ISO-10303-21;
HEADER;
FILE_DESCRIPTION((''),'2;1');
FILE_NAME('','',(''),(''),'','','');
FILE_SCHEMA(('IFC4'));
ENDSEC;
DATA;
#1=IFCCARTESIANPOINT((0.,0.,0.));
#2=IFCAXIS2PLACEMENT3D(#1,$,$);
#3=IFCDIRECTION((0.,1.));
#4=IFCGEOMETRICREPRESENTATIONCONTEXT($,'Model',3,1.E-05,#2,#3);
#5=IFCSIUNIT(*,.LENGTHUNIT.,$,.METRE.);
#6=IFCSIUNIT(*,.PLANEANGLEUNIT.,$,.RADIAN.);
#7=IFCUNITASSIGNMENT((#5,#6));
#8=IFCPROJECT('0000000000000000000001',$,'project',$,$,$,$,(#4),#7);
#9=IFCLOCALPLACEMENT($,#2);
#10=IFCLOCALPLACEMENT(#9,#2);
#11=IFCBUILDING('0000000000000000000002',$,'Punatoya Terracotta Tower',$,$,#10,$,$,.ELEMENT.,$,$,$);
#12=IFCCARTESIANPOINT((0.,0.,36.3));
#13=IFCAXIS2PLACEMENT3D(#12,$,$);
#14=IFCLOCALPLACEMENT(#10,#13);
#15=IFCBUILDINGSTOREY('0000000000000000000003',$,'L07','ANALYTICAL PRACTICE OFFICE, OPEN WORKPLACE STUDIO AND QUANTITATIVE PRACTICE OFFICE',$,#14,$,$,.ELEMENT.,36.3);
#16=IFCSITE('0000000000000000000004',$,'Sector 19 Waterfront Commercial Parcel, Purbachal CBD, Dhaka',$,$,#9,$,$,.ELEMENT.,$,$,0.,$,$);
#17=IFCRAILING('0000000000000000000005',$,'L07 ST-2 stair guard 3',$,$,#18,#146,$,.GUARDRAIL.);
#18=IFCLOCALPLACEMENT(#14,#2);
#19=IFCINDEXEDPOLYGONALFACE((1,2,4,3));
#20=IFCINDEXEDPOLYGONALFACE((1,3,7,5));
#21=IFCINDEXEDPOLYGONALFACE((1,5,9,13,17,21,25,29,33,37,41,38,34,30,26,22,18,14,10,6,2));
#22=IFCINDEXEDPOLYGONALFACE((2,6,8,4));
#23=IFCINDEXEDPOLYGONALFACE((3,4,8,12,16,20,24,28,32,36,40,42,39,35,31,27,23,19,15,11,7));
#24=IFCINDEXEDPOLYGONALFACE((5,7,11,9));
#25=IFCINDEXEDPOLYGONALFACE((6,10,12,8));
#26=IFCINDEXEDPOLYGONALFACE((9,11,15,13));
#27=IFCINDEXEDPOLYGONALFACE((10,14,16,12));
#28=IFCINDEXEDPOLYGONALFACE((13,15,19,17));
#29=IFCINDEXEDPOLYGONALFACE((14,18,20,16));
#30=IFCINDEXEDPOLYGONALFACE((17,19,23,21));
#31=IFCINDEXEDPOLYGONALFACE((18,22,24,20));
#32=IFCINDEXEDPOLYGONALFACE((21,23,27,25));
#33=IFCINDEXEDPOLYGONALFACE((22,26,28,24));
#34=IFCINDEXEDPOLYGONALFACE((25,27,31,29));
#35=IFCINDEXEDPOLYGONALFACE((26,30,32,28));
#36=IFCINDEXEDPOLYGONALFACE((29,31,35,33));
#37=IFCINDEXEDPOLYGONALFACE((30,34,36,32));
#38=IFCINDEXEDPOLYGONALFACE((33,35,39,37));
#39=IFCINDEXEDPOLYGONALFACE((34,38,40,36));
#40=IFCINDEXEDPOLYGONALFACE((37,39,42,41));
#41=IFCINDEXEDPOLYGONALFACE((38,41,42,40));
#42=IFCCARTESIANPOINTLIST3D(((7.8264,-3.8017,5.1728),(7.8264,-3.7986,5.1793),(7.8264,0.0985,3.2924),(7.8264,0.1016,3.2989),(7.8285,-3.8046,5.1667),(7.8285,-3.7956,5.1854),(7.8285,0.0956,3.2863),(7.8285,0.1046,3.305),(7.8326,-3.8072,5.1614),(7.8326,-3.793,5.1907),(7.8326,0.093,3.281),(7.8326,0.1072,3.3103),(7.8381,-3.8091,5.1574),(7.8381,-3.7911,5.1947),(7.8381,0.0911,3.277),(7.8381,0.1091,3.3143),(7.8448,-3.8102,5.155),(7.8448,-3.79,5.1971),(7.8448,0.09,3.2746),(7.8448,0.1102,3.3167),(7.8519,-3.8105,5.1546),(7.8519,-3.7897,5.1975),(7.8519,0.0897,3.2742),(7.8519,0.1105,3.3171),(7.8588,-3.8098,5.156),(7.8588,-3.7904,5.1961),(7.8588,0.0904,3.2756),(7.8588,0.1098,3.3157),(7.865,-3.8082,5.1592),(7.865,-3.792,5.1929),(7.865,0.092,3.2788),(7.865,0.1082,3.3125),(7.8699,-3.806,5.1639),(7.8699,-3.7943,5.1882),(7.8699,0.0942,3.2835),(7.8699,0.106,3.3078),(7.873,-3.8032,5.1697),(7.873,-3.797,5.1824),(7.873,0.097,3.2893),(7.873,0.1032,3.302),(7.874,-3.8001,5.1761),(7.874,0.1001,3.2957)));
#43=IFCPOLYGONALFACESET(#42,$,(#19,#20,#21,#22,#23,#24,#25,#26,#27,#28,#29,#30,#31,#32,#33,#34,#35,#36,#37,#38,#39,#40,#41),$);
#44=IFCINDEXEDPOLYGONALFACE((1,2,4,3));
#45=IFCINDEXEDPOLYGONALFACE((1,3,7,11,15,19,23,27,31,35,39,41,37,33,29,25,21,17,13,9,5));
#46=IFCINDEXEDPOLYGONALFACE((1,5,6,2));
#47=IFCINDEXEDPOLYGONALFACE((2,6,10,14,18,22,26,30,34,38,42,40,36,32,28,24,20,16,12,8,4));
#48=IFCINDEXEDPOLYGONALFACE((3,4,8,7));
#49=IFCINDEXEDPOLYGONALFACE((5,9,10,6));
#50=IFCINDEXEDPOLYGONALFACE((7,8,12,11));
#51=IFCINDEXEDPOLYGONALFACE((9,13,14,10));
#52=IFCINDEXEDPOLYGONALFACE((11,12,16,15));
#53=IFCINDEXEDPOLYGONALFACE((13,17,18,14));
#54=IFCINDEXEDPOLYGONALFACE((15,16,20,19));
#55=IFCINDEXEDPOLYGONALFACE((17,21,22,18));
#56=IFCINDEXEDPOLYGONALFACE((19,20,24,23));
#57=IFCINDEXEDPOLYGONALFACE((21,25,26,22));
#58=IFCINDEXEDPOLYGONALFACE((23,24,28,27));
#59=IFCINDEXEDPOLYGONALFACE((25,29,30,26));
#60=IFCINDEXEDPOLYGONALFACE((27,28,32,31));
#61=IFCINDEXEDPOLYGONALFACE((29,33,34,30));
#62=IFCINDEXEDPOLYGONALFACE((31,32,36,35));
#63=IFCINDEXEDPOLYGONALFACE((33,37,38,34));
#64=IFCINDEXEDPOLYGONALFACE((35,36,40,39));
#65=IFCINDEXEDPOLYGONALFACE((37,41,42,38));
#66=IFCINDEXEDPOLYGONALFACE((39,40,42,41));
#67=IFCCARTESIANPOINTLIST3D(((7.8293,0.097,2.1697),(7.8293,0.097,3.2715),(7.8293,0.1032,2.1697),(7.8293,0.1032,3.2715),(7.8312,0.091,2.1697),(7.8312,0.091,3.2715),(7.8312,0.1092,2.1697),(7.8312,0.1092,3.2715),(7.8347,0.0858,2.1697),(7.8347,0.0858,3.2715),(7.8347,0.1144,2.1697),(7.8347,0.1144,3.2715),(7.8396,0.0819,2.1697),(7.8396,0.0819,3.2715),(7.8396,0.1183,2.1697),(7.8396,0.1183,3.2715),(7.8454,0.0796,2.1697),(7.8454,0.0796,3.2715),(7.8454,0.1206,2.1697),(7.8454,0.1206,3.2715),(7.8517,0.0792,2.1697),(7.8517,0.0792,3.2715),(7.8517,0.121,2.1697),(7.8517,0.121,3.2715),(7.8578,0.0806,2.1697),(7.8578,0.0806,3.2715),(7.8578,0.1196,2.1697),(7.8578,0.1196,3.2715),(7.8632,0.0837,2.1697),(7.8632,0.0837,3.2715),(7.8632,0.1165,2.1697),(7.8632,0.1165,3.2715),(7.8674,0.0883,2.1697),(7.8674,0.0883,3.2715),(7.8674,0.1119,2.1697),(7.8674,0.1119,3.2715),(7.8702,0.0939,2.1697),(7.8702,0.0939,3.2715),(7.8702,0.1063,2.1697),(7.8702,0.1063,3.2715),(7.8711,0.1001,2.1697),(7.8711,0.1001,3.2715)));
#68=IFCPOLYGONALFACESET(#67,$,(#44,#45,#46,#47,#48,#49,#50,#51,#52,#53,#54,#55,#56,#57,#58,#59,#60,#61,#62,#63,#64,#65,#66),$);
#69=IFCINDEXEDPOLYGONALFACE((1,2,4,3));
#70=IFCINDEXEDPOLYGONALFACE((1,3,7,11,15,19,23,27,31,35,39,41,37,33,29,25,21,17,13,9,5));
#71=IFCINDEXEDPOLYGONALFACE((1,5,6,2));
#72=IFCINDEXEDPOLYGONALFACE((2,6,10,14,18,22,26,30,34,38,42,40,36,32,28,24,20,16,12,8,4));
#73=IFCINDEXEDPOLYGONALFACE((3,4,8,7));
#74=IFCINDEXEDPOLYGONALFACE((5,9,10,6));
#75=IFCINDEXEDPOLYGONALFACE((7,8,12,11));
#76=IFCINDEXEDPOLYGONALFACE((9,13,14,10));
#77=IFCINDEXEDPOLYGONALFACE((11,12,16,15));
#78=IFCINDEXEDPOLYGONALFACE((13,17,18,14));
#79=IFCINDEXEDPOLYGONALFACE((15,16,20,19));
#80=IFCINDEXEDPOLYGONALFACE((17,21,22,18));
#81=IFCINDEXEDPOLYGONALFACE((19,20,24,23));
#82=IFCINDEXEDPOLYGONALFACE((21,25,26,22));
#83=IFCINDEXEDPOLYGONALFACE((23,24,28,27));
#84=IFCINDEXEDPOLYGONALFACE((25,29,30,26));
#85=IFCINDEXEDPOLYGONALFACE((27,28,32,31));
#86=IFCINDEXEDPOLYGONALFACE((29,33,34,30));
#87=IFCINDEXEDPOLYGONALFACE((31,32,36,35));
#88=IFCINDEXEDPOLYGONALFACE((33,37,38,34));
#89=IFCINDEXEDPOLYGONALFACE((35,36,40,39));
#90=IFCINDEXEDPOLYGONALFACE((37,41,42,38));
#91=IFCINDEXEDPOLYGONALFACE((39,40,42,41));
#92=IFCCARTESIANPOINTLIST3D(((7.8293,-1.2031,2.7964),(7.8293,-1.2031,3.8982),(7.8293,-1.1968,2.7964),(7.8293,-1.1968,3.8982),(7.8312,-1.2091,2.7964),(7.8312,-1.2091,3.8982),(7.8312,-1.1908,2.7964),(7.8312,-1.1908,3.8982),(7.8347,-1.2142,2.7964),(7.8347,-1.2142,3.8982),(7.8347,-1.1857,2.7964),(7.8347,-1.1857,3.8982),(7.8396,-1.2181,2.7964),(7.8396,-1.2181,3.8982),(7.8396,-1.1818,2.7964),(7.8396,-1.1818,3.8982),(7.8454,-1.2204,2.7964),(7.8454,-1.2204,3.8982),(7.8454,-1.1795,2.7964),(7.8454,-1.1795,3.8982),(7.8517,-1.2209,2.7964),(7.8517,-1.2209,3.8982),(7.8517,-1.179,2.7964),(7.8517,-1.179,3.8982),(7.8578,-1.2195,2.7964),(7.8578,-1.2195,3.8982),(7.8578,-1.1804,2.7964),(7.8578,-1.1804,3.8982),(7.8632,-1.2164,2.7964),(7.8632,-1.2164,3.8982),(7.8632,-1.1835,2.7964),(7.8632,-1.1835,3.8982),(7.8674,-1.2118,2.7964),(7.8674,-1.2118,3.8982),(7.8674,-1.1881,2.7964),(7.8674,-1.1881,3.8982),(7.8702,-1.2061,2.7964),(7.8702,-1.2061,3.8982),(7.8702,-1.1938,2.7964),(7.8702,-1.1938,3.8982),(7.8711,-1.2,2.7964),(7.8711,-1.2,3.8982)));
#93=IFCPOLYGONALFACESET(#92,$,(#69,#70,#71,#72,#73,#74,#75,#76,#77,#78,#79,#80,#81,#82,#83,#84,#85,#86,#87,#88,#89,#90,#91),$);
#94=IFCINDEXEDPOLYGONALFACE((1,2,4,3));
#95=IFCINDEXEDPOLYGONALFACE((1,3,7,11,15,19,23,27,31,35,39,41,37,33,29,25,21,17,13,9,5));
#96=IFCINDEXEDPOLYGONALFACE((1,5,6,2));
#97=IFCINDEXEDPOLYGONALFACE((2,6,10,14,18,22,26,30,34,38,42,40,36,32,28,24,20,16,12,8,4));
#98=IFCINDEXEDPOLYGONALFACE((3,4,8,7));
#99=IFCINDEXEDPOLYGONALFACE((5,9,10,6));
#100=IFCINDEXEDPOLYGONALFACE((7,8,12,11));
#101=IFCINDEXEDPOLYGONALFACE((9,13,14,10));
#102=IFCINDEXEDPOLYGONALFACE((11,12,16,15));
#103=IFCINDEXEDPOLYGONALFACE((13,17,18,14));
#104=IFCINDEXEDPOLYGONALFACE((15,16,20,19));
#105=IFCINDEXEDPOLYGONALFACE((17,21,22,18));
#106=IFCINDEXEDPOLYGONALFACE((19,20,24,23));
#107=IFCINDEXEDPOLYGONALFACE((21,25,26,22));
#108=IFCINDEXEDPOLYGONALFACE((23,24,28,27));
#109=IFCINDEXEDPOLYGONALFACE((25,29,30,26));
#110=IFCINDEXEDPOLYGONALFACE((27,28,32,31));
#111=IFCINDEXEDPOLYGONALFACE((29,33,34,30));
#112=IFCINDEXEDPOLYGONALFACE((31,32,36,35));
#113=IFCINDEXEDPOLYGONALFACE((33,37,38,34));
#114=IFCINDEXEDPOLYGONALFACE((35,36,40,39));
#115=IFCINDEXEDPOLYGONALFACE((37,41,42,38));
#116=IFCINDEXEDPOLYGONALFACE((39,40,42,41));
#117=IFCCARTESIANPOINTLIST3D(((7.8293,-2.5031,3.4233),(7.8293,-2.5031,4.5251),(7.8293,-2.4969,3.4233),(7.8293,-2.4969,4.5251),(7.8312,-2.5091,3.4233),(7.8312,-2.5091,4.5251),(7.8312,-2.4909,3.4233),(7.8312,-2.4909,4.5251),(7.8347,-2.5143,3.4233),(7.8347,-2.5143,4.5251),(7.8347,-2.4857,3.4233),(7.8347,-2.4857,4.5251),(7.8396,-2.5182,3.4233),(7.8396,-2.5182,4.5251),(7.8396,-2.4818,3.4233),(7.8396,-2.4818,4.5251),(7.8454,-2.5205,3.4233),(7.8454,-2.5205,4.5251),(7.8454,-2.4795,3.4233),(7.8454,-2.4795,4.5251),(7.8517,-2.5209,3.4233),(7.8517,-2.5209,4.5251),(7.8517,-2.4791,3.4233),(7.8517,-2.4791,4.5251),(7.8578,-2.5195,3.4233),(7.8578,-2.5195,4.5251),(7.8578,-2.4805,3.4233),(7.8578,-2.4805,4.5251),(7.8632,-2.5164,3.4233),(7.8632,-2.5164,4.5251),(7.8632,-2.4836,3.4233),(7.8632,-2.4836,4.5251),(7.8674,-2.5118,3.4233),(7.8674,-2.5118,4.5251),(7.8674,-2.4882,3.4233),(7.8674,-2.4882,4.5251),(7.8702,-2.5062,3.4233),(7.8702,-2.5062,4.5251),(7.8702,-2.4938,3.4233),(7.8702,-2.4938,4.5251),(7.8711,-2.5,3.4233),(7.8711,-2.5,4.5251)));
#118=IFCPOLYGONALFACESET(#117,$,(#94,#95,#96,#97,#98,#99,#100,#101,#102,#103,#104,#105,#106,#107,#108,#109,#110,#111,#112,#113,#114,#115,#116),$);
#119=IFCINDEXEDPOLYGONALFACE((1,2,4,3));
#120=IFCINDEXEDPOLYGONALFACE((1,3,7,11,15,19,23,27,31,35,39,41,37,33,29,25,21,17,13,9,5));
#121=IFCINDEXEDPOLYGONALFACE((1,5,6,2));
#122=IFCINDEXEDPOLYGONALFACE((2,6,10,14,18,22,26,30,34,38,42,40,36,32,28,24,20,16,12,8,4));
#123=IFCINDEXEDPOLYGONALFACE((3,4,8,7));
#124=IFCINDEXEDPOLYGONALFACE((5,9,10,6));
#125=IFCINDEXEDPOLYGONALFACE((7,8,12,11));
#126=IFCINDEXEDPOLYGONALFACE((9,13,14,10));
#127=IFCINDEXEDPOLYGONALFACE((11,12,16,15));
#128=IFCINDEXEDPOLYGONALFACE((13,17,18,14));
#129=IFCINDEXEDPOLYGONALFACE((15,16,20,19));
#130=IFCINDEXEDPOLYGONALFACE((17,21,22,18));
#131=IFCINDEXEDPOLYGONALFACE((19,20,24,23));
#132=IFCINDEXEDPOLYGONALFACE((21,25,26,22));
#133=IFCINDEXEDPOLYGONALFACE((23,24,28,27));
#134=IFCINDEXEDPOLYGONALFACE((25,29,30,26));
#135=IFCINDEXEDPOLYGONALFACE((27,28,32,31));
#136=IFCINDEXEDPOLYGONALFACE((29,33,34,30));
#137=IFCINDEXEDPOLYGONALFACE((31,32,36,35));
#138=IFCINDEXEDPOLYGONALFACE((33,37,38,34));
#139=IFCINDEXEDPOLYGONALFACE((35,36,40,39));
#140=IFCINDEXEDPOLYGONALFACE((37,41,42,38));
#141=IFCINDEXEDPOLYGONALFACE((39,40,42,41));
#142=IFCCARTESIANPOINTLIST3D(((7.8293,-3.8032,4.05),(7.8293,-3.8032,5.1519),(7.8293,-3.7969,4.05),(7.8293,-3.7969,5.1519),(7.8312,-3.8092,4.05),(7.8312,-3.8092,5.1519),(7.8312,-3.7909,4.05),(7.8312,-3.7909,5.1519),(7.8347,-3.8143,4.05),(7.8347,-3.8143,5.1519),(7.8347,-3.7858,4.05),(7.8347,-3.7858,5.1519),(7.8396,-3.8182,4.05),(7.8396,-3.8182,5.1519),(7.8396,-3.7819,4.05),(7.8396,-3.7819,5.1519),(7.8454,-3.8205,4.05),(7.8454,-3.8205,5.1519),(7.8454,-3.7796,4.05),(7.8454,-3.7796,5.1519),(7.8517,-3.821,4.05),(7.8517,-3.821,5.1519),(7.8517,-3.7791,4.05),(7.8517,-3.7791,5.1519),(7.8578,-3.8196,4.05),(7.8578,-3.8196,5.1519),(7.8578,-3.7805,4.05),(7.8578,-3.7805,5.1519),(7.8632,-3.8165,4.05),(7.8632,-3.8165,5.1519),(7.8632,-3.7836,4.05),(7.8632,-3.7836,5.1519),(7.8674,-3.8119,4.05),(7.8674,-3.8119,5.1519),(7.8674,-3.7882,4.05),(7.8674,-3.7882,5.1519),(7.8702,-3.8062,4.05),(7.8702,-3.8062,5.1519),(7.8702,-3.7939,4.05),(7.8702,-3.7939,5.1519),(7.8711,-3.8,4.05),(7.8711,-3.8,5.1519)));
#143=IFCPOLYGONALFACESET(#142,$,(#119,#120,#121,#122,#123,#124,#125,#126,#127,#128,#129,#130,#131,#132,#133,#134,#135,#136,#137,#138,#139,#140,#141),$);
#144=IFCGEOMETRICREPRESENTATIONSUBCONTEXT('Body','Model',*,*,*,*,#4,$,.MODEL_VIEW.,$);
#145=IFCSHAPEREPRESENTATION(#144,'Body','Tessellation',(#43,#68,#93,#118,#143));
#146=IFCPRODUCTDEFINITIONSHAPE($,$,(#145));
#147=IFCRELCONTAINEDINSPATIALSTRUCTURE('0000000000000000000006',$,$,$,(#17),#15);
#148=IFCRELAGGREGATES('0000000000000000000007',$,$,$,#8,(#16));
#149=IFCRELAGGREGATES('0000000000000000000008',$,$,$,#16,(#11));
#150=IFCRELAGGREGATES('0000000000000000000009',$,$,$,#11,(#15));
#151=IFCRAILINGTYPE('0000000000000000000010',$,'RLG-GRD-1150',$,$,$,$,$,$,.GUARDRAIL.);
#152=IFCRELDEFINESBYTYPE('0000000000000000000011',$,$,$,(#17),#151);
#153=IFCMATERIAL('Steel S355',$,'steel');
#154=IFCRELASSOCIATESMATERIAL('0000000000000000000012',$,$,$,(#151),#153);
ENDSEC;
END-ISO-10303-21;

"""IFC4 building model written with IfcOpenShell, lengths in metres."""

from ifc_helpers import new_model, si_unit, direction, frame, origin, origin_2d, place, context, subcontext, project, spatial, circle, extrude, material, type_object, element, save


model = new_model("IFC4")

# Units and contexts
model_context = context("Model", 3, precision=1e-05, world=origin(), true_north=direction((0.0, 1.0)))
body_context = subcontext(model_context, "Body", "Model", "MODEL_VIEW")
ifc_project = project(units=[si_unit("LENGTHUNIT", "METRE"), si_unit("PLANEANGLEUNIT", "RADIAN")], contexts=[model_context])

# Site, building, storey
site_placement = place(None, origin())
site = spatial("IfcSite", under=ifc_project, at=site_placement, Name="Sector 19 Waterfront Commercial Parcel, Purbachal CBD, Dhaka", CompositionType="ELEMENT", RefElevation=0.0)
building_placement = place(site_placement, origin())
building = spatial("IfcBuilding", under=site, at=building_placement, Name="Punatoya Terracotta Tower", CompositionType="ELEMENT")
storey_placement = place(building_placement, frame((0.0, 0.0, 36.3)))
storey = spatial("IfcBuildingStorey", under=building, at=storey_placement, Name="L07", Description="ANALYTICAL PRACTICE OFFICE, OPEN WORKPLACE STUDIO AND QUANTITATIVE PRACTICE OFFICE", CompositionType="ELEMENT", Elevation=36.3)

# Shared definitions
ifc_material_1 = material(Name="Steel S355", Category="steel")

# Railing
railing_type_1 = type_object("IfcRailingType", Name="RLG-GRD-1150", PredefinedType="GUARDRAIL", material=ifc_material_1)
railing_1_placement = place(storey_placement, frame((7.8501, 0.1001, 2.1697)))
element("IfcRailing", 1, at=railing_1_placement, inside=storey, type_object=railing_type_1, Name="L07 ST-2 stair guard 3", PredefinedType="GUARDRAIL", context=body_context, shape_type="SweptSolid", body=[
    extrude(circle(Radius=0.0239, at=origin_2d()), frame((0.0, 0.0, 1.126), z_axis=(0.0, -0.900774, 0.434289), x_axis=(1.0, 0.0, 0.0)), (0.0, 0.0, 1.0), 4.3298),
    extrude(circle(Radius=0.021, at=origin_2d()), origin(), (0.0, 0.0, 1.0), 1.1018),
    extrude(circle(Radius=0.021, at=origin_2d()), frame((0.0, -1.3, 0.6267)), (0.0, 0.0, 1.0), 1.1018),
    extrude(circle(Radius=0.021, at=origin_2d()), frame((0.0, -2.6001, 1.2537)), (0.0, 0.0, 1.0), 1.1018),
    extrude(circle(Radius=0.021, at=origin_2d()), frame((0.0, -3.9001, 1.8804)), (0.0, 0.0, 1.0), 1.1018),
])

save(model, "model.ifc")
